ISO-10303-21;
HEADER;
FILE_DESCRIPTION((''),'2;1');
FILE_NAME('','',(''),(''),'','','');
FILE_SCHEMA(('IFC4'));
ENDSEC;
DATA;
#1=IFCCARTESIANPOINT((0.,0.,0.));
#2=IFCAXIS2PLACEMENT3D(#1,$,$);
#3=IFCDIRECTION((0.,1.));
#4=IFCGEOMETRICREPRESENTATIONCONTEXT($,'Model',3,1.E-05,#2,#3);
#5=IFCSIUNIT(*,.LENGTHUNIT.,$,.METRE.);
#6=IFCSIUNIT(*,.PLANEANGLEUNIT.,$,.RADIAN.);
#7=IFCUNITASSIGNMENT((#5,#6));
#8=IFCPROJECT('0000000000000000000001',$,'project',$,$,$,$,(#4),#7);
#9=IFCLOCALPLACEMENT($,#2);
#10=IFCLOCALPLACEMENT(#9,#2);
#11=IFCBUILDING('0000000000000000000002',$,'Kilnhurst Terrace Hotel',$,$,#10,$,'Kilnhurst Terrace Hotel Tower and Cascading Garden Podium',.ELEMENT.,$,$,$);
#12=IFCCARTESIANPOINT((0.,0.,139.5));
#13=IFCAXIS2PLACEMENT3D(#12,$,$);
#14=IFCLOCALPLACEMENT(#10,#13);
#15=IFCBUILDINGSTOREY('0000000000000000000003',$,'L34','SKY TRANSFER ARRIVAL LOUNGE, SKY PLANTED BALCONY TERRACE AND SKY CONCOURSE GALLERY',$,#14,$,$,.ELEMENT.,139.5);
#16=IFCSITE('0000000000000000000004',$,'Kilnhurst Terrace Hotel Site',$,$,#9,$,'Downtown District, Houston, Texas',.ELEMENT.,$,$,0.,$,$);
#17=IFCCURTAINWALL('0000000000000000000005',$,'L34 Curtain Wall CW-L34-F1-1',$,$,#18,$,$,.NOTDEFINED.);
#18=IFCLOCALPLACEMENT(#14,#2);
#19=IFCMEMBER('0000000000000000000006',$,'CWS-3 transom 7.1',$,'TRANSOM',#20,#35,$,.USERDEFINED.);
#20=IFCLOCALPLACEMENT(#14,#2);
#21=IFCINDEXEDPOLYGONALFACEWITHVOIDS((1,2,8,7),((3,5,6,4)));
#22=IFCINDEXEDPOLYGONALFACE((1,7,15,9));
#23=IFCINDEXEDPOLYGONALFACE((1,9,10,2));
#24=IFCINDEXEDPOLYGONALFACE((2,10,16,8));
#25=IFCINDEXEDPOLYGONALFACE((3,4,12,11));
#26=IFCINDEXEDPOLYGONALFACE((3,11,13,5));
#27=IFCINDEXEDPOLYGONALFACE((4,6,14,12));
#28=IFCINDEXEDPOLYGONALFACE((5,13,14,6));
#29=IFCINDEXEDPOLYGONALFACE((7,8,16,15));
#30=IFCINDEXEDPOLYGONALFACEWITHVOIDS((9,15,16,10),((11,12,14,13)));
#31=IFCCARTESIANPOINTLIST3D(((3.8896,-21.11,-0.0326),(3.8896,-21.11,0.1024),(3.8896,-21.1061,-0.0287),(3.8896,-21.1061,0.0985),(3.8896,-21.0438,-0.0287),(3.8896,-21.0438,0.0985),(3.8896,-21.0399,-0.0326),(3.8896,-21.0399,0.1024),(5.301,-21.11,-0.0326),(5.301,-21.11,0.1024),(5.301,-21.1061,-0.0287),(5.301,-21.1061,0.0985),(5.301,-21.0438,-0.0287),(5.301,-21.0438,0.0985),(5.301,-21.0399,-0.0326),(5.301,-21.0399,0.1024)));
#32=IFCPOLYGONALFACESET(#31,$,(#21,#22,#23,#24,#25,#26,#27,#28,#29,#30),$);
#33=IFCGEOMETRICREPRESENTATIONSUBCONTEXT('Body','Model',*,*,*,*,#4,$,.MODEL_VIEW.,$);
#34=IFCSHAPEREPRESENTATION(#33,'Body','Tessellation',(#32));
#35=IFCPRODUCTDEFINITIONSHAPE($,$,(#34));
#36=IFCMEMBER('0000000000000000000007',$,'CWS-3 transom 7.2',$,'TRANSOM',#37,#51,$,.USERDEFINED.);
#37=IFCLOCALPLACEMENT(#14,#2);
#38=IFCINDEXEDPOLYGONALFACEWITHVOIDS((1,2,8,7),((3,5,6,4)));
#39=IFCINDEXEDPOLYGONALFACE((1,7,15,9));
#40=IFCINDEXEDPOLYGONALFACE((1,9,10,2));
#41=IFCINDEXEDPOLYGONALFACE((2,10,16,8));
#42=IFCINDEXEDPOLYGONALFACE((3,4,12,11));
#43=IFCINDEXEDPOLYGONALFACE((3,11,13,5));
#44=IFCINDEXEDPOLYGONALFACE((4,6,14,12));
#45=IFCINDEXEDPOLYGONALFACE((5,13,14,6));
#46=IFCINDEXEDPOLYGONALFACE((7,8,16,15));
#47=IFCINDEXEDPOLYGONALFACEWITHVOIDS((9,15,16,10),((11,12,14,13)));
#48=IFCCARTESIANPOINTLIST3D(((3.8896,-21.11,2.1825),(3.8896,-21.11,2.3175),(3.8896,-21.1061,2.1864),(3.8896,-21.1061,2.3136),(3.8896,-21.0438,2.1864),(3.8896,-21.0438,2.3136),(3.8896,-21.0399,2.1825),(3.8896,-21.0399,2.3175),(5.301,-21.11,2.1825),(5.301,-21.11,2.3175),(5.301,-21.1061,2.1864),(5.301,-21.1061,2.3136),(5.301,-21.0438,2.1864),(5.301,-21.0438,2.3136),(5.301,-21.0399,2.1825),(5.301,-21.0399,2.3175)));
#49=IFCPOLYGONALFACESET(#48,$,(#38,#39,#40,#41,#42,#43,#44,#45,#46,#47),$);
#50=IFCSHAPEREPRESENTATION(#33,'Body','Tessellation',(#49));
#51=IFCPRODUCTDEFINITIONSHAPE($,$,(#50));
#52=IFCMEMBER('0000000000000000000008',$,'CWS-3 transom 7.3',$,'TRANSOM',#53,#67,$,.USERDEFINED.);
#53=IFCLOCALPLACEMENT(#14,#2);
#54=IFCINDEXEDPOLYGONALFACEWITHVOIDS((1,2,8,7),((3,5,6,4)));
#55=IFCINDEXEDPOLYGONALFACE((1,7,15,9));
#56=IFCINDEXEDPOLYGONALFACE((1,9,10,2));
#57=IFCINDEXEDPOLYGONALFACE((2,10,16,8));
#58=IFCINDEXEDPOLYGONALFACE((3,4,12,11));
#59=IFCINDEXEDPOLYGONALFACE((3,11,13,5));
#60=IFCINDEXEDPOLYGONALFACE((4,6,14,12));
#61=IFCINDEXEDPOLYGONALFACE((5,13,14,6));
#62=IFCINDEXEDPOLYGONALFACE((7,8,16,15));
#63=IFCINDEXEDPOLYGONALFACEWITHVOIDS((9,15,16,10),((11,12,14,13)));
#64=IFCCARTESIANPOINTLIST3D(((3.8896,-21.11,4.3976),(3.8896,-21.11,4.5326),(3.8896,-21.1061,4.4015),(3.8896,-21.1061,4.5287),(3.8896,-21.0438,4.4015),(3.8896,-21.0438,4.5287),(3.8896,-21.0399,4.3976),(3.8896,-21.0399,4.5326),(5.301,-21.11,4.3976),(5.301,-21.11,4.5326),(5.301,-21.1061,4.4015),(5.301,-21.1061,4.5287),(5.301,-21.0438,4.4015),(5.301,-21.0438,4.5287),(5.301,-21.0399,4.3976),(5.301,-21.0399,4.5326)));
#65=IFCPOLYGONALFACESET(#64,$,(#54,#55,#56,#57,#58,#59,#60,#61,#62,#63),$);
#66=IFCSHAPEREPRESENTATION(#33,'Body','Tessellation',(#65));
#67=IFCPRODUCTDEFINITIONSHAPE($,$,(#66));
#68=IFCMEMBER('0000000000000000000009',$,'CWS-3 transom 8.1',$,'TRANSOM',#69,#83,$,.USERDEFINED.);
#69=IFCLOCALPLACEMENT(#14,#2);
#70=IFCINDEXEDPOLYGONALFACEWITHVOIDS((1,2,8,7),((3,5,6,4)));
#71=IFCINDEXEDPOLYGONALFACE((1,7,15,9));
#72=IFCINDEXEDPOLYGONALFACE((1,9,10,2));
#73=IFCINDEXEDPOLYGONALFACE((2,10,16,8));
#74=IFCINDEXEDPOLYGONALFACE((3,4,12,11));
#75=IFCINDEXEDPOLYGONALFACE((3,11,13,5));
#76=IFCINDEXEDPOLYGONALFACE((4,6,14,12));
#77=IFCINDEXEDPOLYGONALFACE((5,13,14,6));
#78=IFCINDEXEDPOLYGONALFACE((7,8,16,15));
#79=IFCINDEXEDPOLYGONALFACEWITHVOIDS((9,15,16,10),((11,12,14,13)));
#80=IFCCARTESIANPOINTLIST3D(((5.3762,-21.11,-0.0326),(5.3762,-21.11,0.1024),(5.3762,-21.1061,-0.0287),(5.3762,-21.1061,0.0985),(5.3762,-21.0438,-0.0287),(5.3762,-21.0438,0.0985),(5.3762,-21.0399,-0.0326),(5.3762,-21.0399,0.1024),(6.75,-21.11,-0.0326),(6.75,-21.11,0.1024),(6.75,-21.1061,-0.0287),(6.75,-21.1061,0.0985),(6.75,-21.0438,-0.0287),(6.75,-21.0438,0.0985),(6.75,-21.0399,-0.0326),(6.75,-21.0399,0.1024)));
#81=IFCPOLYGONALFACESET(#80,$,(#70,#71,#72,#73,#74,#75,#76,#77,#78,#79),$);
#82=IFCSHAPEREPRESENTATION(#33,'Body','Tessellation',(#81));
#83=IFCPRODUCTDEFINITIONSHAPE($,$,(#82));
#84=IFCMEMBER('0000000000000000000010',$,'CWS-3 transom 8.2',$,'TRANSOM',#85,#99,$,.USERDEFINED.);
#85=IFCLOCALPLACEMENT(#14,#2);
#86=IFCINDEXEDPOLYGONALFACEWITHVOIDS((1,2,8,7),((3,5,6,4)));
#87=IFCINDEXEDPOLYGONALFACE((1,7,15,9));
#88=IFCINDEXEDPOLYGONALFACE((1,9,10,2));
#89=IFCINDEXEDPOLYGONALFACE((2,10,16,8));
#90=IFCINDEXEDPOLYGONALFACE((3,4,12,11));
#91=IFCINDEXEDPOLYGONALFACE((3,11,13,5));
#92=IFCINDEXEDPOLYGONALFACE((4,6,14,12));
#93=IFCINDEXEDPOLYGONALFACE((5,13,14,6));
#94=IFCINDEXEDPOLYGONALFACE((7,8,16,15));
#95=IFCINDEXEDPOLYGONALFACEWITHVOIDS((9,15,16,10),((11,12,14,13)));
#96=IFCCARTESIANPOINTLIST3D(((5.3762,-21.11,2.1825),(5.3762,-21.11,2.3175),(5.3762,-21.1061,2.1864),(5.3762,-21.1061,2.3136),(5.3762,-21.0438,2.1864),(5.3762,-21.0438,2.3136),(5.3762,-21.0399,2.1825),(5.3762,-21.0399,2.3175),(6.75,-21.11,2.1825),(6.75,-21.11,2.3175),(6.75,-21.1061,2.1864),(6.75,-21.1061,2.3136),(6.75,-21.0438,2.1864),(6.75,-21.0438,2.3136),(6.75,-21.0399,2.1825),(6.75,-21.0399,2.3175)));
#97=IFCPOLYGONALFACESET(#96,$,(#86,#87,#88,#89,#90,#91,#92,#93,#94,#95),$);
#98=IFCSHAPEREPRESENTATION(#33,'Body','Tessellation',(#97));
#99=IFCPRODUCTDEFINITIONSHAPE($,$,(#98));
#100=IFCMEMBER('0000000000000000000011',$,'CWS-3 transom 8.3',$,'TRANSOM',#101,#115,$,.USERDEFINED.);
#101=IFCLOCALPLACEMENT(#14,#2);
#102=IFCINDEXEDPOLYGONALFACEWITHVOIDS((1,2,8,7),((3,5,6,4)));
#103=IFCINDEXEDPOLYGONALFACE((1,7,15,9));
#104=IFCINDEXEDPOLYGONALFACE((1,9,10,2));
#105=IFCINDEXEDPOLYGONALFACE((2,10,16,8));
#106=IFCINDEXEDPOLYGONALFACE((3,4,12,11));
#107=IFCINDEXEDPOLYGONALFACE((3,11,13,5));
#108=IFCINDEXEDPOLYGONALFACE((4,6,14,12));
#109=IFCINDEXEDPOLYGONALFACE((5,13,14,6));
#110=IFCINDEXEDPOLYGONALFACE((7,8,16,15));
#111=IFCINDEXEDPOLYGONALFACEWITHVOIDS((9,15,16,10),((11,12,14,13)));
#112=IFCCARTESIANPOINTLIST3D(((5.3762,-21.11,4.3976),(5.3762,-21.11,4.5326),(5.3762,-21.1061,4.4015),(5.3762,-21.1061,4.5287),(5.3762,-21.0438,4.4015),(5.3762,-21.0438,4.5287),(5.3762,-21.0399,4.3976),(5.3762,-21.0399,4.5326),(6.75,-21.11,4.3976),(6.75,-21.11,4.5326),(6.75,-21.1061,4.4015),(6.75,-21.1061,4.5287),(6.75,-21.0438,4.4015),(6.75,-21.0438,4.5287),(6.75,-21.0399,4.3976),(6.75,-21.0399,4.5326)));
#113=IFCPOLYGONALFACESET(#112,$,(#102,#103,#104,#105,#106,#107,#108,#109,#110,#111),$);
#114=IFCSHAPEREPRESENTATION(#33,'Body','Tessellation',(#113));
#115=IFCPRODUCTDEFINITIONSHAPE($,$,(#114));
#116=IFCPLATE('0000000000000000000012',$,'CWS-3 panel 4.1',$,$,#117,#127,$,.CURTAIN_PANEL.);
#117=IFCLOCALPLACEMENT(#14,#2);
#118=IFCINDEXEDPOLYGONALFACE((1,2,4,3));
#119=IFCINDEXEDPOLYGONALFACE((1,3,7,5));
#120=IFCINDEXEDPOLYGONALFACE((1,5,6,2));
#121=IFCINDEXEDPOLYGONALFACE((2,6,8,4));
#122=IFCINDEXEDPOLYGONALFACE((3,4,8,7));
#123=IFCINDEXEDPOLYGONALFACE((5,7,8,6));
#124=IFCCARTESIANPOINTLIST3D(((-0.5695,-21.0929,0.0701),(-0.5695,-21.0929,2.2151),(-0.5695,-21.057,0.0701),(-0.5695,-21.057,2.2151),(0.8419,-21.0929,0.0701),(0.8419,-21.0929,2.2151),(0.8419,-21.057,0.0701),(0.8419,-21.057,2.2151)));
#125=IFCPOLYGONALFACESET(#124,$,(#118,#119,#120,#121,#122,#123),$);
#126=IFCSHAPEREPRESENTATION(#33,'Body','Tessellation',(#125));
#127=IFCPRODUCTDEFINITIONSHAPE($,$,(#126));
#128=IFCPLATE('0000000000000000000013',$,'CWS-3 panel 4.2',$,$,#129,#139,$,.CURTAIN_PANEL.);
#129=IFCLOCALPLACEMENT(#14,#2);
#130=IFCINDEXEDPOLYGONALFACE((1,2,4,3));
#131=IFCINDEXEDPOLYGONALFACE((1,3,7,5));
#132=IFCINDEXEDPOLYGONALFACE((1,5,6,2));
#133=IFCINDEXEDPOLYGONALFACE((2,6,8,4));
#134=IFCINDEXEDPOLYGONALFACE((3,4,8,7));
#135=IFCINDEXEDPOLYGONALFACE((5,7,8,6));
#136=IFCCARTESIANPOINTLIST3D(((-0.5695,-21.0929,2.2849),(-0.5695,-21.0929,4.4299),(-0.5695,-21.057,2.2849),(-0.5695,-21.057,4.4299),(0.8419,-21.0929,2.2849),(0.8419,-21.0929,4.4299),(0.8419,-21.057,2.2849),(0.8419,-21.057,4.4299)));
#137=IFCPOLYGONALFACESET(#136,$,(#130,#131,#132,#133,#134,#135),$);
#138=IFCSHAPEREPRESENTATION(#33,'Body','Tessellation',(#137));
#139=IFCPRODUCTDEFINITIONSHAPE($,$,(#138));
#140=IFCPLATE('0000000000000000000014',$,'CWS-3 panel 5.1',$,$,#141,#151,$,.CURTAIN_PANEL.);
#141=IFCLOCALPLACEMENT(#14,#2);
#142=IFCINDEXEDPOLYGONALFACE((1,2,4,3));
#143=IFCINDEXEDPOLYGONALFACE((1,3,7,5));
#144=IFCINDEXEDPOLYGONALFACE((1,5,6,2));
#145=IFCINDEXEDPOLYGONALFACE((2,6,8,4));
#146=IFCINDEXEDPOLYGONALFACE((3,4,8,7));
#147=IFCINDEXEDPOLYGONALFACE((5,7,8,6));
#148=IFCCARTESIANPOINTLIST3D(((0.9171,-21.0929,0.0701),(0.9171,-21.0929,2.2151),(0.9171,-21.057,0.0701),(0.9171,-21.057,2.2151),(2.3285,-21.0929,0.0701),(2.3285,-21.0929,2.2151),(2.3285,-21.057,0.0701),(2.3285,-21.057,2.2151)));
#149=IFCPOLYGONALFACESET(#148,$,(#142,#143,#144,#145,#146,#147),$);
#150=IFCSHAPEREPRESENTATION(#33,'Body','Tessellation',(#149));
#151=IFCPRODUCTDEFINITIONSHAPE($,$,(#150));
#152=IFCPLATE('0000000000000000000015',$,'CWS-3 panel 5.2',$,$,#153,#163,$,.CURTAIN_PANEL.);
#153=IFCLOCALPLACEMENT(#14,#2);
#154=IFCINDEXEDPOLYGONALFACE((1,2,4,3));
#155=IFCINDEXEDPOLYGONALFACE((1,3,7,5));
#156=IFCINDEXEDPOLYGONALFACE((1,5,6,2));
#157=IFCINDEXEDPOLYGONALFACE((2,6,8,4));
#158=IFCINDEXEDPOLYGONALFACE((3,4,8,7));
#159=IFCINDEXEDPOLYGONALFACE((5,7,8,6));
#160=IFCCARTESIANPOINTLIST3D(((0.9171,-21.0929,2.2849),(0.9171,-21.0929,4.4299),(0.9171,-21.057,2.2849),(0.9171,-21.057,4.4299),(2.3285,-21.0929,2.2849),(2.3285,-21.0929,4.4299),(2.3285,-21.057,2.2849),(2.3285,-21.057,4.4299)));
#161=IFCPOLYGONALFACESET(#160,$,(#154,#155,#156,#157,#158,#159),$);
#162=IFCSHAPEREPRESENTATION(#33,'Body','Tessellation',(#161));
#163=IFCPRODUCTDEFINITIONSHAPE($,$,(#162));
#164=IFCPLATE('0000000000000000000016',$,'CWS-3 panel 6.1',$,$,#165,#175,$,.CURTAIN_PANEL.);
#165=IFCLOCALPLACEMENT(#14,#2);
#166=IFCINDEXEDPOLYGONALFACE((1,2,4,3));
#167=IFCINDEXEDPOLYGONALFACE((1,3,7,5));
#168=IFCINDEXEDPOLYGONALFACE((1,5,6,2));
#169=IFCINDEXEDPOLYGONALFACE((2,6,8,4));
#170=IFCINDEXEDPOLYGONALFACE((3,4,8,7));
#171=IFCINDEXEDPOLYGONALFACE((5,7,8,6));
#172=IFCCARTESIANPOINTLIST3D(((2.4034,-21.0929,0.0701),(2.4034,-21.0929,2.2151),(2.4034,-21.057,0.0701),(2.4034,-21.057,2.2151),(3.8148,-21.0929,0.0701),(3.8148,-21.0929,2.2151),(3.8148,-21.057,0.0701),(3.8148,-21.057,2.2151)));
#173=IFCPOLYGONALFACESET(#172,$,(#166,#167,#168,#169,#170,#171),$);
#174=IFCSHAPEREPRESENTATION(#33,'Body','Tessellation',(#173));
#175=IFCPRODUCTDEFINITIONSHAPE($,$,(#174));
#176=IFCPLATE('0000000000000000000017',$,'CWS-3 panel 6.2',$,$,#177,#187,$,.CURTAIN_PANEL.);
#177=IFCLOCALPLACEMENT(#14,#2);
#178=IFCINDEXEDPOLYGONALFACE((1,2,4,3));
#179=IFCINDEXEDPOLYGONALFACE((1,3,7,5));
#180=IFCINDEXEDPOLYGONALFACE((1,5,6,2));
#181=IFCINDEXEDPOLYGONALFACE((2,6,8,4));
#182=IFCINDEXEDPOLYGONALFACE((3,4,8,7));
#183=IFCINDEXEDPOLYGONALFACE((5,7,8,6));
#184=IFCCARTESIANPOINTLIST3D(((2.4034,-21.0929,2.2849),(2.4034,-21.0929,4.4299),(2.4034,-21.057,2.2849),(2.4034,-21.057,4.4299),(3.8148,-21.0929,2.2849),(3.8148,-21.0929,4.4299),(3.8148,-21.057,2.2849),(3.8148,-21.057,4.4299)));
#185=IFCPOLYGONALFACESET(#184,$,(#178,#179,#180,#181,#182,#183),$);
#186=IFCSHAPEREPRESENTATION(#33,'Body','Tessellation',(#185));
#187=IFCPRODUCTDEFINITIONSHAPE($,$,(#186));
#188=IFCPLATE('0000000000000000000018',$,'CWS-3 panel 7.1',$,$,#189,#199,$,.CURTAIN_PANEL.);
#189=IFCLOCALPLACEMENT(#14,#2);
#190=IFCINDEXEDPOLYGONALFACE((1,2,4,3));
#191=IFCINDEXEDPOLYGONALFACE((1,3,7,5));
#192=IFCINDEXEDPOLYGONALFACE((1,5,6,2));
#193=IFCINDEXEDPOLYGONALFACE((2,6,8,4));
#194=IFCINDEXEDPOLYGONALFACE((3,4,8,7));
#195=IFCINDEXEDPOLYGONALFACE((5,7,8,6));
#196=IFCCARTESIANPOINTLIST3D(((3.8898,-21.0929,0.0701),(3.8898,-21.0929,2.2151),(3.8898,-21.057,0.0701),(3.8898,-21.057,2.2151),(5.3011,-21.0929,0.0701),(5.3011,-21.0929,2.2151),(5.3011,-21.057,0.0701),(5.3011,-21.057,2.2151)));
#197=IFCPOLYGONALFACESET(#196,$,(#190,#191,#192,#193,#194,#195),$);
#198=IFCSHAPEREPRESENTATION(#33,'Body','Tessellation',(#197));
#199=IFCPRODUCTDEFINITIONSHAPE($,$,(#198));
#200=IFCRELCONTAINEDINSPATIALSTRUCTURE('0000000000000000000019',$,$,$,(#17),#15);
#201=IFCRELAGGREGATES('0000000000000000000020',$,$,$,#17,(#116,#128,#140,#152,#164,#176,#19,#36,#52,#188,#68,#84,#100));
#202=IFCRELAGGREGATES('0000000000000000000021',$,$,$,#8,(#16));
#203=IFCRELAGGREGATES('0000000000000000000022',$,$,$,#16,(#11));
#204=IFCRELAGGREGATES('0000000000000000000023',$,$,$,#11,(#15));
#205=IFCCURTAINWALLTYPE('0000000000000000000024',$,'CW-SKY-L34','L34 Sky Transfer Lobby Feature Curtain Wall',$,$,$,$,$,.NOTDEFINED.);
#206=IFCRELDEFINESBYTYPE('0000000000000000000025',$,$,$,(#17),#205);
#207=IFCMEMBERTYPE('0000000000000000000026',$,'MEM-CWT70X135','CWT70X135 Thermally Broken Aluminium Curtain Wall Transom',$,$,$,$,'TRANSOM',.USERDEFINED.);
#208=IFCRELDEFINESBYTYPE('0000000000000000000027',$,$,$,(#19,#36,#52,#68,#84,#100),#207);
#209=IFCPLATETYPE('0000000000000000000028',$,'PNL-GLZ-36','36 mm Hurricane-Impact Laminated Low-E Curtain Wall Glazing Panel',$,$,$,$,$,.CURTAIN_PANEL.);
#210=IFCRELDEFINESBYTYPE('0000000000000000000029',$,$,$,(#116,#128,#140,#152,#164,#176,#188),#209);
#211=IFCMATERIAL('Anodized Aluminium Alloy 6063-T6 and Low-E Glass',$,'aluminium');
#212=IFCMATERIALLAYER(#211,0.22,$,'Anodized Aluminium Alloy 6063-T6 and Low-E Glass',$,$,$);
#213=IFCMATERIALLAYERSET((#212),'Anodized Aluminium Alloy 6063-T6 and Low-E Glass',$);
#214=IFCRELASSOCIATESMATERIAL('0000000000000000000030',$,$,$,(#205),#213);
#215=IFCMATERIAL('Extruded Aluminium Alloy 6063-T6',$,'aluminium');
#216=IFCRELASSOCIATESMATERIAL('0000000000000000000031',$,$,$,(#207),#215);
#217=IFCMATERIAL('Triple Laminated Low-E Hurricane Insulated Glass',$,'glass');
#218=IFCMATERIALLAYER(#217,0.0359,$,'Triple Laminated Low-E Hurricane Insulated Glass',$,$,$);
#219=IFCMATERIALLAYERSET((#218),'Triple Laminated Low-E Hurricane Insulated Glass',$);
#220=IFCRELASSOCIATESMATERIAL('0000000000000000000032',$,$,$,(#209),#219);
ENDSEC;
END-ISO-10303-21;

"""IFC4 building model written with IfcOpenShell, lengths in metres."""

from ifc_helpers import new_model, si_unit, direction, frame, origin, origin_2d, place, context, subcontext, project, spatial, rectangle, hollow_rectangle, extrude, material, layer, layer_set, material_profile, profile_set, type_object, element, aggregate, save


model = new_model("IFC4")

# Units and contexts
model_context = context("Model", 3, precision=1e-05, world=origin(), true_north=direction((0.0, 1.0)))
body_context = subcontext(model_context, "Body", "Model", "MODEL_VIEW")
ifc_project = project(units=[si_unit("LENGTHUNIT", "METRE"), si_unit("PLANEANGLEUNIT", "RADIAN")], contexts=[model_context])

# Site, building, storey
site_placement = place(None, origin())
site = spatial("IfcSite", under=ifc_project, at=site_placement, Name="Kilnhurst Terrace Hotel Site", LongName="Downtown District, Houston, Texas", CompositionType="ELEMENT", RefElevation=0.0)
building_placement = place(site_placement, origin())
building = spatial("IfcBuilding", under=site, at=building_placement, Name="Kilnhurst Terrace Hotel", LongName="Kilnhurst Terrace Hotel Tower and Cascading Garden Podium", CompositionType="ELEMENT")
storey_placement = place(building_placement, frame((0.0, 0.0, 139.5)))
storey = spatial("IfcBuildingStorey", under=building, at=storey_placement, Name="L34", Description="SKY TRANSFER ARRIVAL LOUNGE, SKY PLANTED BALCONY TERRACE AND SKY CONCOURSE GALLERY", CompositionType="ELEMENT", Elevation=139.5)

# Curtain wall, members, plates
ifc_material_1 = material(Name="Anodized Aluminium Alloy 6063-T6 and Low-E Glass", Category="aluminium")
ifc_layer_1 = layer(ifc_material_1, 0.22, Name="Anodized Aluminium Alloy 6063-T6 and Low-E Glass")
ifc_layer_set_1 = layer_set([ifc_layer_1], Name="Anodized Aluminium Alloy 6063-T6 and Low-E Glass")
curtain_wall_type = type_object("IfcCurtainWallType", Name="CW-SKY-L34", Description="L34 Sky Transfer Lobby Feature Curtain Wall", PredefinedType="NOTDEFINED", material=ifc_layer_set_1)
curtain_wall_placement = place(storey_placement, origin())
curtain_wall = element("IfcCurtainWall", 1, at=curtain_wall_placement, inside=storey, type_object=curtain_wall_type, Name="L34 Curtain Wall CW-L34-F1-1", PredefinedType="NOTDEFINED")
ifc_material_2 = material(Name="Extruded Aluminium Alloy 6063-T6", Category="aluminium")
ifc_material_profile_1 = material_profile(ifc_material_2, hollow_rectangle(XDim=0.0701, YDim=0.135, WallThickness=0.0039, at=origin_2d()), Name="CWT70X135")
ifc_profile_set_1 = profile_set([ifc_material_profile_1], Name="Extruded Aluminium Alloy 6063-T6")
member_type_1 = type_object("IfcMemberType", Name="MEM-CWT70X135", Description="CWT70X135 Thermally Broken Aluminium Curtain Wall Transom", ElementType="TRANSOM", PredefinedType="USERDEFINED", material=ifc_profile_set_1)
member_1_placement = place(storey_placement, frame((3.8896, -21.075, 0.0349), z_axis=(1.0, 0.0, 0.0), x_axis=(0.0, 1.0, 0.0)))
member_1 = element("IfcMember", 2, at=member_1_placement, type_object=member_type_1, Name="CWS-3 transom 7.1", ObjectType="TRANSOM", PredefinedType="USERDEFINED", context=body_context, shape_type="SweptSolid", body=[
    extrude(hollow_rectangle(XDim=0.0701, YDim=0.135, WallThickness=0.0039, at=origin_2d()), origin(), (0.0, 0.0, 1.0), 1.4114),
])
member_2_placement = place(storey_placement, frame((3.8896, -21.075, 2.25), z_axis=(1.0, 0.0, 0.0), x_axis=(0.0, 1.0, 0.0)))
member_2 = element("IfcMember", 3, at=member_2_placement, type_object=member_type_1, Name="CWS-3 transom 7.2", ObjectType="TRANSOM", PredefinedType="USERDEFINED", context=body_context, shape_type="SweptSolid", body=[
    extrude(hollow_rectangle(XDim=0.0701, YDim=0.135, WallThickness=0.0039, at=origin_2d()), origin(), (0.0, 0.0, 1.0), 1.4114),
])
member_3_placement = place(storey_placement, frame((3.8896, -21.075, 4.4651), z_axis=(1.0, 0.0, 0.0), x_axis=(0.0, 1.0, 0.0)))
member_3 = element("IfcMember", 4, at=member_3_placement, type_object=member_type_1, Name="CWS-3 transom 7.3", ObjectType="TRANSOM", PredefinedType="USERDEFINED", context=body_context, shape_type="SweptSolid", body=[
    extrude(hollow_rectangle(XDim=0.0701, YDim=0.135, WallThickness=0.0039, at=origin_2d()), origin(), (0.0, 0.0, 1.0), 1.4114),
])
member_4_placement = place(storey_placement, frame((5.3762, -21.075, 0.0349), z_axis=(1.0, 0.0, 0.0), x_axis=(0.0, 1.0, 0.0)))
member_4 = element("IfcMember", 5, at=member_4_placement, type_object=member_type_1, Name="CWS-3 transom 8.1", ObjectType="TRANSOM", PredefinedType="USERDEFINED", context=body_context, shape_type="SweptSolid", body=[
    extrude(hollow_rectangle(XDim=0.0701, YDim=0.135, WallThickness=0.0039, at=origin_2d()), origin(), (0.0, 0.0, 1.0), 1.3738),
])
member_5_placement = place(storey_placement, frame((5.3762, -21.075, 2.25), z_axis=(1.0, 0.0, 0.0), x_axis=(0.0, 1.0, 0.0)))
member_5 = element("IfcMember", 6, at=member_5_placement, type_object=member_type_1, Name="CWS-3 transom 8.2", ObjectType="TRANSOM", PredefinedType="USERDEFINED", context=body_context, shape_type="SweptSolid", body=[
    extrude(hollow_rectangle(XDim=0.0701, YDim=0.135, WallThickness=0.0039, at=origin_2d()), origin(), (0.0, 0.0, 1.0), 1.3738),
])
member_6_placement = place(storey_placement, frame((5.3762, -21.075, 4.4651), z_axis=(1.0, 0.0, 0.0), x_axis=(0.0, 1.0, 0.0)))
member_6 = element("IfcMember", 7, at=member_6_placement, type_object=member_type_1, Name="CWS-3 transom 8.3", ObjectType="TRANSOM", PredefinedType="USERDEFINED", context=body_context, shape_type="SweptSolid", body=[
    extrude(hollow_rectangle(XDim=0.0701, YDim=0.135, WallThickness=0.0039, at=origin_2d()), origin(), (0.0, 0.0, 1.0), 1.3738),
])
ifc_material_3 = material(Name="Triple Laminated Low-E Hurricane Insulated Glass", Category="glass")
ifc_layer_2 = layer(ifc_material_3, 0.0359, Name="Triple Laminated Low-E Hurricane Insulated Glass")
ifc_layer_set_2 = layer_set([ifc_layer_2], Name="Triple Laminated Low-E Hurricane Insulated Glass")
plate_type = type_object("IfcPlateType", Name="PNL-GLZ-36", Description="36 mm Hurricane-Impact Laminated Low-E Curtain Wall Glazing Panel", PredefinedType="CURTAIN_PANEL", material=ifc_layer_set_2)
plate_1_placement = place(storey_placement, frame((0.1362, -21.075, 0.0701), z_axis=(0.0, 0.0, 1.0), x_axis=(1.0, 0.0, 0.0)))
plate_1 = element("IfcPlate", 8, at=plate_1_placement, type_object=plate_type, Name="CWS-3 panel 4.1", PredefinedType="CURTAIN_PANEL", context=body_context, shape_type="SweptSolid", body=[
    extrude(rectangle(XDim=1.4114, YDim=0.0359, at=origin_2d()), origin(), (0.0, 0.0, 1.0), 2.145),
])
plate_2_placement = place(storey_placement, frame((0.1362, -21.075, 2.2849), z_axis=(0.0, 0.0, 1.0), x_axis=(1.0, 0.0, 0.0)))
plate_2 = element("IfcPlate", 9, at=plate_2_placement, type_object=plate_type, Name="CWS-3 panel 4.2", PredefinedType="CURTAIN_PANEL", context=body_context, shape_type="SweptSolid", body=[
    extrude(rectangle(XDim=1.4114, YDim=0.0359, at=origin_2d()), origin(), (0.0, 0.0, 1.0), 2.145),
])
plate_3_placement = place(storey_placement, frame((1.6228, -21.075, 0.0701), z_axis=(0.0, 0.0, 1.0), x_axis=(1.0, 0.0, 0.0)))
plate_3 = element("IfcPlate", 10, at=plate_3_placement, type_object=plate_type, Name="CWS-3 panel 5.1", PredefinedType="CURTAIN_PANEL", context=body_context, shape_type="SweptSolid", body=[
    extrude(rectangle(XDim=1.4114, YDim=0.0359, at=origin_2d()), origin(), (0.0, 0.0, 1.0), 2.145),
])
plate_4_placement = place(storey_placement, frame((1.6228, -21.075, 2.2849), z_axis=(0.0, 0.0, 1.0), x_axis=(1.0, 0.0, 0.0)))
plate_4 = element("IfcPlate", 11, at=plate_4_placement, type_object=plate_type, Name="CWS-3 panel 5.2", PredefinedType="CURTAIN_PANEL", context=body_context, shape_type="SweptSolid", body=[
    extrude(rectangle(XDim=1.4114, YDim=0.0359, at=origin_2d()), origin(), (0.0, 0.0, 1.0), 2.145),
])
plate_5_placement = place(storey_placement, frame((3.1091, -21.075, 0.0701), z_axis=(0.0, 0.0, 1.0), x_axis=(1.0, 0.0, 0.0)))
plate_5 = element("IfcPlate", 12, at=plate_5_placement, type_object=plate_type, Name="CWS-3 panel 6.1", PredefinedType="CURTAIN_PANEL", context=body_context, shape_type="SweptSolid", body=[
    extrude(rectangle(XDim=1.4114, YDim=0.0359, at=origin_2d()), origin(), (0.0, 0.0, 1.0), 2.145),
])
plate_6_placement = place(storey_placement, frame((3.1091, -21.075, 2.2849), z_axis=(0.0, 0.0, 1.0), x_axis=(1.0, 0.0, 0.0)))
plate_6 = element("IfcPlate", 13, at=plate_6_placement, type_object=plate_type, Name="CWS-3 panel 6.2", PredefinedType="CURTAIN_PANEL", context=body_context, shape_type="SweptSolid", body=[
    extrude(rectangle(XDim=1.4114, YDim=0.0359, at=origin_2d()), origin(), (0.0, 0.0, 1.0), 2.145),
])
plate_7_placement = place(storey_placement, frame((4.5955, -21.075, 0.0701), z_axis=(0.0, 0.0, 1.0), x_axis=(1.0, 0.0, 0.0)))
plate_7 = element("IfcPlate", 14, at=plate_7_placement, type_object=plate_type, Name="CWS-3 panel 7.1", PredefinedType="CURTAIN_PANEL", context=body_context, shape_type="SweptSolid", body=[
    extrude(rectangle(XDim=1.4114, YDim=0.0359, at=origin_2d()), origin(), (0.0, 0.0, 1.0), 2.145),
])
aggregate(curtain_wall, [plate_1, plate_2, plate_3, plate_4, plate_5, plate_6, member_1, member_2, member_3, plate_7, member_4, member_5, member_6])

save(model, "model.ifc")
